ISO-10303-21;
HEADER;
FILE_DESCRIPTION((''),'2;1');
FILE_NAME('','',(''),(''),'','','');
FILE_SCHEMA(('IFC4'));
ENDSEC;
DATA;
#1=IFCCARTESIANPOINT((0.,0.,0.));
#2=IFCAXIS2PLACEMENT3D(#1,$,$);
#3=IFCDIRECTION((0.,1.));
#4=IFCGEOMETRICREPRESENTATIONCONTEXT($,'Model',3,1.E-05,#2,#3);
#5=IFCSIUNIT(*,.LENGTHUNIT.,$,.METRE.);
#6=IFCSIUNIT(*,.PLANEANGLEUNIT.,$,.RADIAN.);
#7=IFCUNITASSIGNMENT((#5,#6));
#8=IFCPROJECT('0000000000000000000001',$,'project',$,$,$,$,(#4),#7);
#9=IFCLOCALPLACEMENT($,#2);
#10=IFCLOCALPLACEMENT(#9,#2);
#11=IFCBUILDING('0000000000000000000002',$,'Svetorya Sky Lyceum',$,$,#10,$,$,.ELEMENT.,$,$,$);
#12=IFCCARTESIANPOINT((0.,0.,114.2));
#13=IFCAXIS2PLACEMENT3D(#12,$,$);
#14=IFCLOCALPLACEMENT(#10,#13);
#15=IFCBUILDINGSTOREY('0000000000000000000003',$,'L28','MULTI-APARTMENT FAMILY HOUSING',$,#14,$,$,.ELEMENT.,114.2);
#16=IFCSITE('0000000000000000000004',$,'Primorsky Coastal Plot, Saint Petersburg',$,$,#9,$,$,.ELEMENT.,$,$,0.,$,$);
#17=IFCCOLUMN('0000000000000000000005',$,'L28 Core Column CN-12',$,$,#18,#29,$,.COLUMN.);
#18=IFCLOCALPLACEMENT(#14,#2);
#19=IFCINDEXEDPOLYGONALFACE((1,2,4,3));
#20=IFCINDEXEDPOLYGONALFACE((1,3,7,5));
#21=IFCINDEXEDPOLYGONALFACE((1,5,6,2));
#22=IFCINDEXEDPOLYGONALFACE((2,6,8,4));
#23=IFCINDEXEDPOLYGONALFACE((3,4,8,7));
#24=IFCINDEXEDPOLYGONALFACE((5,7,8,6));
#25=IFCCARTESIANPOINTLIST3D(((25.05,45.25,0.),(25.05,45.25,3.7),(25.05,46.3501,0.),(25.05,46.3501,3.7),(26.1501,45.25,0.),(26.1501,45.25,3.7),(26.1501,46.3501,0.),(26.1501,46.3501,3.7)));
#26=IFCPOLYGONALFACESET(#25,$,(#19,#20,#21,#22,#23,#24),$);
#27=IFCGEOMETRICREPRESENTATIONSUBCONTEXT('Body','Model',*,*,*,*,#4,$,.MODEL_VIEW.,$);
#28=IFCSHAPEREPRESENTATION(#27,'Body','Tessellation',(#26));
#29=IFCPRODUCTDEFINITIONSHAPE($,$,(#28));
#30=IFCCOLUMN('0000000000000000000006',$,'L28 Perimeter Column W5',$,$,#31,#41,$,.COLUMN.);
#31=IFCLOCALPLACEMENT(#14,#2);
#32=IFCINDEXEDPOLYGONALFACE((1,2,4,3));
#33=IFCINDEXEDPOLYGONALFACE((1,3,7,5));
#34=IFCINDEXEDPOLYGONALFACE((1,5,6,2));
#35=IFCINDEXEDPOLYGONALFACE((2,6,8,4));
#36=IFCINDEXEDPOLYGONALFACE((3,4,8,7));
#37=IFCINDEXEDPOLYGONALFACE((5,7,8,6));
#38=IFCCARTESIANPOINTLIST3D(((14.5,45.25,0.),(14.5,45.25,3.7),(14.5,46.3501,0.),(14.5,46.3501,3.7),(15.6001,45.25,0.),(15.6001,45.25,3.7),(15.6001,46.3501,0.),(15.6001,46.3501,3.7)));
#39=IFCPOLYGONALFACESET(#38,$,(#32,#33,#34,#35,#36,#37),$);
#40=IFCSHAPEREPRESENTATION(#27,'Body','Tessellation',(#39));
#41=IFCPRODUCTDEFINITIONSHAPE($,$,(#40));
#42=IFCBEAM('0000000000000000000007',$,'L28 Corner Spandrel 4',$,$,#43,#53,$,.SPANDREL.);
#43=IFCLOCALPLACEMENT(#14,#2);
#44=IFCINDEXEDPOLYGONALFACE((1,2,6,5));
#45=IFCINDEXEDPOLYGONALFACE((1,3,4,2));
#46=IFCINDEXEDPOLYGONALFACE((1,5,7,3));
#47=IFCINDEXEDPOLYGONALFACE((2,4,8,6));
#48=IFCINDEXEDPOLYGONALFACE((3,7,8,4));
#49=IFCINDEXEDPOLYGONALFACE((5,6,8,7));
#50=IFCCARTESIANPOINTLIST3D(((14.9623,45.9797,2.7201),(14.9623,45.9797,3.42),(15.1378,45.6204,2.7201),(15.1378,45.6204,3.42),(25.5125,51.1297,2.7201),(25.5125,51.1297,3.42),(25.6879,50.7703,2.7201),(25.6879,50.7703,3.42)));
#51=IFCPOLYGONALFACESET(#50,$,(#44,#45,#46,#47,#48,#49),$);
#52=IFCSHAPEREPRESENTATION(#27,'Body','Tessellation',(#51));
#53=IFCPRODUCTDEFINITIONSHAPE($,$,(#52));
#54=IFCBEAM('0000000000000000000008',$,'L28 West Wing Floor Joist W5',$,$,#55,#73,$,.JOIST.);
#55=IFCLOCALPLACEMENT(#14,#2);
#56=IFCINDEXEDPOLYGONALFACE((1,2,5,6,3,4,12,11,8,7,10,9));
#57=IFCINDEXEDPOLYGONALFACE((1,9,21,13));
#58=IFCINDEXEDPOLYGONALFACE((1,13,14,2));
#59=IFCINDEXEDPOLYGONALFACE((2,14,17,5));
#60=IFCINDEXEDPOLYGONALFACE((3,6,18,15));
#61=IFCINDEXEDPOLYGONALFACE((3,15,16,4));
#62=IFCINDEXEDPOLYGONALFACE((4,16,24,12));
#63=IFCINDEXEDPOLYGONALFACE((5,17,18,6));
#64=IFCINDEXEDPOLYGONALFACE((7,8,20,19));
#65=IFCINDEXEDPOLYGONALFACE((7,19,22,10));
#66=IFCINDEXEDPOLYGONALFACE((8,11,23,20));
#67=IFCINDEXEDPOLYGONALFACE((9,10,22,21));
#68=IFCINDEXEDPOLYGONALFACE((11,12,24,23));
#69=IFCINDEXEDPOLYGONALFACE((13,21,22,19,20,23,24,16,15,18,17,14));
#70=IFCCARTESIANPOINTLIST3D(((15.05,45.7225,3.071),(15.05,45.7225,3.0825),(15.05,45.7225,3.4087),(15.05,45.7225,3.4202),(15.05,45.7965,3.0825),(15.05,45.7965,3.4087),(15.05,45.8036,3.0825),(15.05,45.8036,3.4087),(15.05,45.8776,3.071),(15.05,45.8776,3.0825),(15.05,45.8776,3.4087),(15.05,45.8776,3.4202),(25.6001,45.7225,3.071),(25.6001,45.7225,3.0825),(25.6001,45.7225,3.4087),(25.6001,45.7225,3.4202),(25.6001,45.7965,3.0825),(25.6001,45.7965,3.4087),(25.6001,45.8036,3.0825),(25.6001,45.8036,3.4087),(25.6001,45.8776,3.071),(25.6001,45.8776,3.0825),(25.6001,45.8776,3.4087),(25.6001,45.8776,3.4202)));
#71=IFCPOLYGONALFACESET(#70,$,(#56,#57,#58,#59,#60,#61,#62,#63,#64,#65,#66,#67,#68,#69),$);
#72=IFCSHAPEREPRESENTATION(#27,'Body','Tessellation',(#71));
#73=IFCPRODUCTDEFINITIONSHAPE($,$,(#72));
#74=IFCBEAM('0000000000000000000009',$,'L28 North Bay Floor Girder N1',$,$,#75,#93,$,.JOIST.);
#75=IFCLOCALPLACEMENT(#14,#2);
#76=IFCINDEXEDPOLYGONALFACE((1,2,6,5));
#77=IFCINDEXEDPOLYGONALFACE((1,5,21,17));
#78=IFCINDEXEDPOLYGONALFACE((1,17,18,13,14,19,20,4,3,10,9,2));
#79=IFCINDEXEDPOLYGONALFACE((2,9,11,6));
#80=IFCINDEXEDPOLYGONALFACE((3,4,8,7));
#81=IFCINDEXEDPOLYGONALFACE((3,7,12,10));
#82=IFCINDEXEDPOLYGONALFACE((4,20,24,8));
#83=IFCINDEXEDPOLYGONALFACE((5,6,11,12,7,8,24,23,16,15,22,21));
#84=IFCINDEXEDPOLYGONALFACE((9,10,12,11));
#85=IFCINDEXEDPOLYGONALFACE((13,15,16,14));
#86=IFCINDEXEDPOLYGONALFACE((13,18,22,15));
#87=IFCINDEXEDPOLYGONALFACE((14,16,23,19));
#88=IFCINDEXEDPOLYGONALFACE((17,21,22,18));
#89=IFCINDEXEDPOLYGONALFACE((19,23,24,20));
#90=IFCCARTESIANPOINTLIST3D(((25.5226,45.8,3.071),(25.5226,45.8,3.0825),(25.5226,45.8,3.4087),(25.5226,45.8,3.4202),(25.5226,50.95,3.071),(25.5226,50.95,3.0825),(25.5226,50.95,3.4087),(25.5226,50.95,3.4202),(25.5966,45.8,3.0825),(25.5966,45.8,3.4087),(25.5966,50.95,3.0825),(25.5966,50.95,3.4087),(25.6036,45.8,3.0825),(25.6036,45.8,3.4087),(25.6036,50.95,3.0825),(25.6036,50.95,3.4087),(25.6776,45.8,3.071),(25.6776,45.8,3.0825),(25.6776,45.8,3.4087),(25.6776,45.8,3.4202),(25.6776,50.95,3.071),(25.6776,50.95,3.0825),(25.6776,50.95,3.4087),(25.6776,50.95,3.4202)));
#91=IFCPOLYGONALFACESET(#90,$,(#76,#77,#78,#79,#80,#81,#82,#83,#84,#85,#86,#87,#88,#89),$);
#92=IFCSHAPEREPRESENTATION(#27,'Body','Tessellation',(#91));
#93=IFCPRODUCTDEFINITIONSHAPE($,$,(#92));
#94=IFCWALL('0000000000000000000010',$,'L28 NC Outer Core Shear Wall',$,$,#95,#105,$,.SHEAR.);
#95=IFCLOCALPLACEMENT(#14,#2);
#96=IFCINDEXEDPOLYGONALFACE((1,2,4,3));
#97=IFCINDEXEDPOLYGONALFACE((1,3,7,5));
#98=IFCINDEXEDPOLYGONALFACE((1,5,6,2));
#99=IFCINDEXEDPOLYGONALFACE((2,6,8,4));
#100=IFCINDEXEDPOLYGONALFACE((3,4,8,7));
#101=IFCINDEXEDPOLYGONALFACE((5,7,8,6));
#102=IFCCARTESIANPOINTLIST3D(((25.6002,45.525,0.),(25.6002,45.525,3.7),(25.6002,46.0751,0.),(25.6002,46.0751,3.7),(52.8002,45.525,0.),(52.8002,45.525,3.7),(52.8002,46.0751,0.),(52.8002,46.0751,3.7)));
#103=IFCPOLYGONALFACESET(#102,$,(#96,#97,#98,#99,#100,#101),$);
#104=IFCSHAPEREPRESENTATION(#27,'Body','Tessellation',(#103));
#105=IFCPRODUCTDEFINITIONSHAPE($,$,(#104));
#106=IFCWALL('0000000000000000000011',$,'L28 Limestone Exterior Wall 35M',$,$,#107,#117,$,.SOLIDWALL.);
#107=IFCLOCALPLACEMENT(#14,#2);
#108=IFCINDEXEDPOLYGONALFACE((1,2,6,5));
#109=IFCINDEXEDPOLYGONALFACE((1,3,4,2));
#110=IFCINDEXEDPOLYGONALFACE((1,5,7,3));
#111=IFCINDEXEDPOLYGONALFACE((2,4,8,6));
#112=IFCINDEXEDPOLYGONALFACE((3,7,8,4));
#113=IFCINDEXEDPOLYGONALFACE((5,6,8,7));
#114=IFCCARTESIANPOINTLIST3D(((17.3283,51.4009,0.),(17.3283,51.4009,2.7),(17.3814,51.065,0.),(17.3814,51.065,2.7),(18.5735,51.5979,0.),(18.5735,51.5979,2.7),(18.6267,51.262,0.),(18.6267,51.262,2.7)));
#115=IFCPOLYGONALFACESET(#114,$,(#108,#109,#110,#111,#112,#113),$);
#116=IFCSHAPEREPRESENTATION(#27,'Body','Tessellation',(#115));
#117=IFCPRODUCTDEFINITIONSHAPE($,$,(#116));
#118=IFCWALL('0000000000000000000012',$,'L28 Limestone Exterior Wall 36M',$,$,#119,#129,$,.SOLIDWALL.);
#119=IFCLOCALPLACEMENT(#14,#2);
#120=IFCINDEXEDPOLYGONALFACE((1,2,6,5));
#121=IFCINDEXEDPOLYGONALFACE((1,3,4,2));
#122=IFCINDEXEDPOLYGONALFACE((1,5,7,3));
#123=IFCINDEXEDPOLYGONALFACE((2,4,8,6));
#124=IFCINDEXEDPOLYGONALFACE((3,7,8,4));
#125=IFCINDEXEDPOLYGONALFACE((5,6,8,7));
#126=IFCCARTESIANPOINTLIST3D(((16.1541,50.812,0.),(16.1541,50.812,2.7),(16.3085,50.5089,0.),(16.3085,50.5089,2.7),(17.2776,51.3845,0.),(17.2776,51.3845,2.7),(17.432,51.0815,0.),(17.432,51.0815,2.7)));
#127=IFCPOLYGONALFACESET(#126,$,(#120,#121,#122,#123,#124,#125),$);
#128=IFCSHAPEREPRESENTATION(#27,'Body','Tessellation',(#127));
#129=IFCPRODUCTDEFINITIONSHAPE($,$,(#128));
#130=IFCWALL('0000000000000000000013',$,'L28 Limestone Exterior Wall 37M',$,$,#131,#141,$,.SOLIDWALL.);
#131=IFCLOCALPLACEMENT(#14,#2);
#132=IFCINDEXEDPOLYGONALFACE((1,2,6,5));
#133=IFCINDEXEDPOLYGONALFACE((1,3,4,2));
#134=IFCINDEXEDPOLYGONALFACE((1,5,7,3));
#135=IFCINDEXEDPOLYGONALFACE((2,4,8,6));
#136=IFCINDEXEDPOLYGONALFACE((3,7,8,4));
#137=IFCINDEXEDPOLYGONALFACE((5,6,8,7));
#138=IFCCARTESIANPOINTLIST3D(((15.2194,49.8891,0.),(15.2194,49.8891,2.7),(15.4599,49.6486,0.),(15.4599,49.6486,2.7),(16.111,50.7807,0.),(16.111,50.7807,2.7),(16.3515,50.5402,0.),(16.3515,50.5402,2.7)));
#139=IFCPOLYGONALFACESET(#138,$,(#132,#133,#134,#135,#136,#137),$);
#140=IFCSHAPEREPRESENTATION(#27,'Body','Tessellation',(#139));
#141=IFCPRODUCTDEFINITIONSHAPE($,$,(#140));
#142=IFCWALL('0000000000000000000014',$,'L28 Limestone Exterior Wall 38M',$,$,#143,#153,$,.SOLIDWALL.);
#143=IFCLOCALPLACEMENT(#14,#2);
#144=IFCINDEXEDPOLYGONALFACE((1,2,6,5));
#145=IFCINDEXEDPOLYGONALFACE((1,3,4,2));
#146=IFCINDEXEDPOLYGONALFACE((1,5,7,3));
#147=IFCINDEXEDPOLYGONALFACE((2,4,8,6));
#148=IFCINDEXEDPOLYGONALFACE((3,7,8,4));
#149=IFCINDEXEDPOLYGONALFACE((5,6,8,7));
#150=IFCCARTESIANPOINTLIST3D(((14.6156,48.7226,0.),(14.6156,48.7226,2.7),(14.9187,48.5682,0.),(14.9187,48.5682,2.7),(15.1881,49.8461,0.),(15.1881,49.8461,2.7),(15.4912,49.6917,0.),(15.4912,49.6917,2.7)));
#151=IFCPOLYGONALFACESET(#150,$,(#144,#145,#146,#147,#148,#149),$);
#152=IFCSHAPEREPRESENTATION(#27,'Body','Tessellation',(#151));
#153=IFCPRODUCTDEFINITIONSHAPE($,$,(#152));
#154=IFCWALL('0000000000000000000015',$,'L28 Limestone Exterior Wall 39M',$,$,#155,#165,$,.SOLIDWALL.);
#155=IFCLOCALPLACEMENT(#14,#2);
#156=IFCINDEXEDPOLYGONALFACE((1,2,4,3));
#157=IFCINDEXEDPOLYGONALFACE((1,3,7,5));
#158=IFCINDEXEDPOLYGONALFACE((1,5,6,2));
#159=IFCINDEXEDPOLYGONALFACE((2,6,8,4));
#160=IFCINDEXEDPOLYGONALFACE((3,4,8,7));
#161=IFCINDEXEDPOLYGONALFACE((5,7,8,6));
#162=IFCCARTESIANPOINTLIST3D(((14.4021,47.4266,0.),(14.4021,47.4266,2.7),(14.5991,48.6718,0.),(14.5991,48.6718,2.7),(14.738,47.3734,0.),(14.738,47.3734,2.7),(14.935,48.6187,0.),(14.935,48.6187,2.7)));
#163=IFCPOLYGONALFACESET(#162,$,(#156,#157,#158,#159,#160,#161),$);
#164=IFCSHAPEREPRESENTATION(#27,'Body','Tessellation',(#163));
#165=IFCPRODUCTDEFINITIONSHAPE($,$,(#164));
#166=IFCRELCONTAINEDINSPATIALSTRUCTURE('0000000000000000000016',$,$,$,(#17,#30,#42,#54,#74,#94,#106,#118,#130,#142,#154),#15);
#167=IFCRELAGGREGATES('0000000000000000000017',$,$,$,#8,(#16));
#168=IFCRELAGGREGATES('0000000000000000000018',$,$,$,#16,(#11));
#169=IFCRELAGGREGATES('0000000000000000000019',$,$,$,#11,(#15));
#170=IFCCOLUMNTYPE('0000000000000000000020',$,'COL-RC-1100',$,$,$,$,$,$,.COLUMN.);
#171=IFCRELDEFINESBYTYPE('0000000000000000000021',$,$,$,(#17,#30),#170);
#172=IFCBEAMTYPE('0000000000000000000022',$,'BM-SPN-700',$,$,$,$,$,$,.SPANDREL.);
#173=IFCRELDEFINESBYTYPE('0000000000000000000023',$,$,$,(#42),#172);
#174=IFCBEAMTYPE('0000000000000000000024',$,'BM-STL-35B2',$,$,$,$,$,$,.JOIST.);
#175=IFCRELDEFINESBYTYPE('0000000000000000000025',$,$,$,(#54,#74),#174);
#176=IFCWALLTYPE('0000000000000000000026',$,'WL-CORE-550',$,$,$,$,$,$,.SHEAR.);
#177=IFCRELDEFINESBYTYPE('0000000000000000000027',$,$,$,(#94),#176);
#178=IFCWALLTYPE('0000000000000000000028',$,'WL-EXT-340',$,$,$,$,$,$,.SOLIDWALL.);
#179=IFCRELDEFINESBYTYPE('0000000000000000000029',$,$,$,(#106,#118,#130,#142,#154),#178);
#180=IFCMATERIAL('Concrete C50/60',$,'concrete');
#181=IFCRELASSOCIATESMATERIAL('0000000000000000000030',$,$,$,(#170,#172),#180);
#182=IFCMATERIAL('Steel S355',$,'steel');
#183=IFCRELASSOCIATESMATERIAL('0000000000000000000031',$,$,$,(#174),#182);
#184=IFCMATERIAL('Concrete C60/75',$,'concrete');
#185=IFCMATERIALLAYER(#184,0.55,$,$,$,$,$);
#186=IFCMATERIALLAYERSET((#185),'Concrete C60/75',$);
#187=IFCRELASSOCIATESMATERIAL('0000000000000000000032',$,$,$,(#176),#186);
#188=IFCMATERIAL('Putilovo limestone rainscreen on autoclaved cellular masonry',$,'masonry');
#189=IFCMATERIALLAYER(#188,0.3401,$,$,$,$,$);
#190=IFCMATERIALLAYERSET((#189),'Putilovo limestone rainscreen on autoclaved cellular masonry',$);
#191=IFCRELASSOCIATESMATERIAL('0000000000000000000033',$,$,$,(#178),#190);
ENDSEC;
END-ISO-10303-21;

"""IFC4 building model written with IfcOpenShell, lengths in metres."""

from ifc_helpers import new_model, si_unit, direction, frame, frame_2d, origin, origin_2d, place, context, subcontext, project, spatial, rectangle, i_section, extrude, material, layer, layer_set, material_profile, profile_set, type_object, element, save


model = new_model("IFC4")

# Units and contexts
model_context = context("Model", 3, precision=1e-05, world=origin(), true_north=direction((0.0, 1.0)))
body_context = subcontext(model_context, "Body", "Model", "MODEL_VIEW")
ifc_project = project(units=[si_unit("LENGTHUNIT", "METRE"), si_unit("PLANEANGLEUNIT", "RADIAN")], contexts=[model_context])

# Site, building, storey
site_placement = place(None, origin())
site = spatial("IfcSite", under=ifc_project, at=site_placement, Name="Primorsky Coastal Plot, Saint Petersburg", CompositionType="ELEMENT", RefElevation=0.0)
building_placement = place(site_placement, origin())
building = spatial("IfcBuilding", under=site, at=building_placement, Name="Svetorya Sky Lyceum", CompositionType="ELEMENT")
storey_placement = place(building_placement, frame((0.0, 0.0, 114.2)))
storey = spatial("IfcBuildingStorey", under=building, at=storey_placement, Name="L28", Description="MULTI-APARTMENT FAMILY HOUSING", CompositionType="ELEMENT", Elevation=114.2)

# Columns
ifc_material_1 = material(Name="Concrete C50/60", Category="concrete")
ifc_material_profile_1 = material_profile(ifc_material_1, rectangle(XDim=1.1001, YDim=1.1001, at=origin_2d()), Name="RC COL 1100x1100")
ifc_profile_set_1 = profile_set([ifc_material_profile_1], Name="Concrete C50/60")
column_type = type_object("IfcColumnType", Name="COL-RC-1100", PredefinedType="COLUMN", material=ifc_profile_set_1)
for number, where, z_axis, x_axis, name in (
    (1, (25.6001, 45.8, 0.0), (0.0, 0.0, 1.0), (1.0, 0.0, 0.0), "L28 Core Column CN-12"),
    (2, (15.05, 45.8, 0.0), (0.0, 0.0, 1.0), (1.0, 0.0, 0.0), "L28 Perimeter Column W5"),
):
    element("IfcColumn", number, at=place(storey_placement, frame(where, z_axis=z_axis, x_axis=x_axis)), inside=storey, type_object=column_type, Name=name, PredefinedType="COLUMN", context=body_context, shape_type="SweptSolid", body=[
        extrude(rectangle(XDim=1.1001, YDim=1.1001, at=origin_2d()), origin(), (0.0, 0.0, 1.0), 3.7),
    ])

# Beams
ifc_material_profile_2 = material_profile(ifc_material_1, rectangle(XDim=0.3999, YDim=0.7, at=origin_2d()), Name="RC SPANDREL 400x700")
ifc_profile_set_2 = profile_set([ifc_material_profile_2], Name="Concrete C50/60")
beam_type_1 = type_object("IfcBeamType", Name="BM-SPN-700", PredefinedType="SPANDREL", material=ifc_profile_set_2)
beam_1_placement = place(storey_placement, frame((15.05, 45.8, 3.0701), z_axis=(0.89865, 0.438667, 0.0), x_axis=(-0.438667, 0.89865, 0.0)))
element("IfcBeam", 3, at=beam_1_placement, inside=storey, type_object=beam_type_1, Name="L28 Corner Spandrel 4", PredefinedType="SPANDREL", context=body_context, shape_type="SweptSolid", body=[
    extrude(rectangle(XDim=0.3999, YDim=0.7, at=origin_2d()), origin(), (0.0, 0.0, 1.0), 11.74),
])
ifc_material_2 = material(Name="Steel S355", Category="steel")
ifc_material_profile_3 = material_profile(ifc_material_2, i_section(OverallWidth=0.155, OverallDepth=0.3491, WebThickness=0.0071, FlangeThickness=0.0115, at=origin_2d()), Name="GOST 35B2")
ifc_profile_set_3 = profile_set([ifc_material_profile_3], Name="Steel S355")
beam_type_2 = type_object("IfcBeamType", Name="BM-STL-35B2", PredefinedType="JOIST", material=ifc_profile_set_3)
beam_2_placement = place(storey_placement, frame((15.05, 45.8, 3.2456), z_axis=(1.0, 0.0, 0.0), x_axis=(0.0, 1.0, 0.0)))
element("IfcBeam", 4, at=beam_2_placement, inside=storey, type_object=beam_type_2, Name="L28 West Wing Floor Joist W5", PredefinedType="JOIST", context=body_context, shape_type="SweptSolid", body=[
    extrude(i_section(OverallWidth=0.155, OverallDepth=0.3491, WebThickness=0.0071, FlangeThickness=0.0115, at=origin_2d()), origin(), (0.0, 0.0, 1.0), 10.55),
])
beam_3_placement = place(storey_placement, frame((25.6001, 45.8, 3.2456), z_axis=(0.0, 1.0, 0.0), x_axis=(-1.0, 0.0, 0.0)))
element("IfcBeam", 5, at=beam_3_placement, inside=storey, type_object=beam_type_2, Name="L28 North Bay Floor Girder N1", PredefinedType="JOIST", context=body_context, shape_type="SweptSolid", body=[
    extrude(i_section(OverallWidth=0.155, OverallDepth=0.3491, WebThickness=0.0071, FlangeThickness=0.0115, at=origin_2d()), origin(), (0.0, 0.0, 1.0), 5.1499),
])

# Walls
ifc_material_3 = material(Name="Concrete C60/75", Category="concrete")
ifc_layer_1 = layer(ifc_material_3, 0.55)
ifc_layer_set_1 = layer_set([ifc_layer_1], Name="Concrete C60/75")
wall_type_1 = type_object("IfcWallType", Name="WL-CORE-550", PredefinedType="SHEAR", material=ifc_layer_set_1)
wall_1_placement = place(storey_placement, frame((25.6001, 45.8, 0.0), z_axis=(0.0, 0.0, 1.0), x_axis=(1.0, 0.0, 0.0)))
element("IfcWall", 6, at=wall_1_placement, inside=storey, type_object=wall_type_1, Name="L28 NC Outer Core Shear Wall", PredefinedType="SHEAR", context=body_context, shape_type="SweptSolid", body=[
    extrude(rectangle(XDim=27.2, YDim=0.55, at=frame_2d((13.6001, 0.0))), origin(), (0.0, 0.0, 1.0), 3.7),
])
ifc_material_4 = material(Name="Putilovo limestone rainscreen on autoclaved cellular masonry", Category="masonry")
ifc_layer_2 = layer(ifc_material_4, 0.3401)
ifc_layer_set_2 = layer_set([ifc_layer_2], Name="Putilovo limestone rainscreen on autoclaved cellular masonry")
wall_type_2 = type_object("IfcWallType", Name="WL-EXT-340", PredefinedType="SOLIDWALL", material=ifc_layer_set_2)
wall_2_placement = place(storey_placement, frame((18.6001, 51.4299, 0.0), z_axis=(0.0, 0.0, 1.0), x_axis=(-0.987716, -0.156261, 0.0)))
element("IfcWall", 7, at=wall_2_placement, inside=storey, type_object=wall_type_2, Name="L28 Limestone Exterior Wall 35M", PredefinedType="SOLIDWALL", context=body_context, shape_type="SweptSolid", body=[
    extrude(rectangle(XDim=1.2607, YDim=0.3401, at=frame_2d((0.6304, 0.0))), origin(), (0.0, 0.0, 1.0), 2.7),
])
for number, where, z_axis, x_axis, name in (
    (8, (17.3547, 51.2329, 0.0), (0.0, 0.0, 1.0), (-0.890994, -0.454016, 0.0), "L28 Limestone Exterior Wall 36M"),
    (9, (16.2312, 50.6604, 0.0), (0.0, 0.0, 1.0), (-0.707107, -0.707107, 0.0), "L28 Limestone Exterior Wall 37M"),
    (10, (15.3396, 49.7688, 0.0), (0.0, 0.0, 1.0), (-0.454016, -0.890994, 0.0), "L28 Limestone Exterior Wall 38M"),
):
    element("IfcWall", number, at=place(storey_placement, frame(where, z_axis=z_axis, x_axis=x_axis)), inside=storey, type_object=wall_type_2, Name=name, PredefinedType="SOLIDWALL", context=body_context, shape_type="SweptSolid", body=[
        extrude(rectangle(XDim=1.261, YDim=0.3401, at=frame_2d((0.6304, 0.0))), origin(), (0.0, 0.0, 1.0), 2.7),
    ])
wall_3_placement = place(storey_placement, frame((14.7671, 48.6453, 0.0), z_axis=(0.0, 0.0, 1.0), x_axis=(-0.156261, -0.987716, 0.0)))
element("IfcWall", 11, at=wall_3_placement, inside=storey, type_object=wall_type_2, Name="L28 Limestone Exterior Wall 39M", PredefinedType="SOLIDWALL", context=body_context, shape_type="SweptSolid", body=[
    extrude(rectangle(XDim=1.2607, YDim=0.3401, at=frame_2d((0.6304, 0.0))), origin(), (0.0, 0.0, 1.0), 2.7),
])

save(model, "model.ifc")
